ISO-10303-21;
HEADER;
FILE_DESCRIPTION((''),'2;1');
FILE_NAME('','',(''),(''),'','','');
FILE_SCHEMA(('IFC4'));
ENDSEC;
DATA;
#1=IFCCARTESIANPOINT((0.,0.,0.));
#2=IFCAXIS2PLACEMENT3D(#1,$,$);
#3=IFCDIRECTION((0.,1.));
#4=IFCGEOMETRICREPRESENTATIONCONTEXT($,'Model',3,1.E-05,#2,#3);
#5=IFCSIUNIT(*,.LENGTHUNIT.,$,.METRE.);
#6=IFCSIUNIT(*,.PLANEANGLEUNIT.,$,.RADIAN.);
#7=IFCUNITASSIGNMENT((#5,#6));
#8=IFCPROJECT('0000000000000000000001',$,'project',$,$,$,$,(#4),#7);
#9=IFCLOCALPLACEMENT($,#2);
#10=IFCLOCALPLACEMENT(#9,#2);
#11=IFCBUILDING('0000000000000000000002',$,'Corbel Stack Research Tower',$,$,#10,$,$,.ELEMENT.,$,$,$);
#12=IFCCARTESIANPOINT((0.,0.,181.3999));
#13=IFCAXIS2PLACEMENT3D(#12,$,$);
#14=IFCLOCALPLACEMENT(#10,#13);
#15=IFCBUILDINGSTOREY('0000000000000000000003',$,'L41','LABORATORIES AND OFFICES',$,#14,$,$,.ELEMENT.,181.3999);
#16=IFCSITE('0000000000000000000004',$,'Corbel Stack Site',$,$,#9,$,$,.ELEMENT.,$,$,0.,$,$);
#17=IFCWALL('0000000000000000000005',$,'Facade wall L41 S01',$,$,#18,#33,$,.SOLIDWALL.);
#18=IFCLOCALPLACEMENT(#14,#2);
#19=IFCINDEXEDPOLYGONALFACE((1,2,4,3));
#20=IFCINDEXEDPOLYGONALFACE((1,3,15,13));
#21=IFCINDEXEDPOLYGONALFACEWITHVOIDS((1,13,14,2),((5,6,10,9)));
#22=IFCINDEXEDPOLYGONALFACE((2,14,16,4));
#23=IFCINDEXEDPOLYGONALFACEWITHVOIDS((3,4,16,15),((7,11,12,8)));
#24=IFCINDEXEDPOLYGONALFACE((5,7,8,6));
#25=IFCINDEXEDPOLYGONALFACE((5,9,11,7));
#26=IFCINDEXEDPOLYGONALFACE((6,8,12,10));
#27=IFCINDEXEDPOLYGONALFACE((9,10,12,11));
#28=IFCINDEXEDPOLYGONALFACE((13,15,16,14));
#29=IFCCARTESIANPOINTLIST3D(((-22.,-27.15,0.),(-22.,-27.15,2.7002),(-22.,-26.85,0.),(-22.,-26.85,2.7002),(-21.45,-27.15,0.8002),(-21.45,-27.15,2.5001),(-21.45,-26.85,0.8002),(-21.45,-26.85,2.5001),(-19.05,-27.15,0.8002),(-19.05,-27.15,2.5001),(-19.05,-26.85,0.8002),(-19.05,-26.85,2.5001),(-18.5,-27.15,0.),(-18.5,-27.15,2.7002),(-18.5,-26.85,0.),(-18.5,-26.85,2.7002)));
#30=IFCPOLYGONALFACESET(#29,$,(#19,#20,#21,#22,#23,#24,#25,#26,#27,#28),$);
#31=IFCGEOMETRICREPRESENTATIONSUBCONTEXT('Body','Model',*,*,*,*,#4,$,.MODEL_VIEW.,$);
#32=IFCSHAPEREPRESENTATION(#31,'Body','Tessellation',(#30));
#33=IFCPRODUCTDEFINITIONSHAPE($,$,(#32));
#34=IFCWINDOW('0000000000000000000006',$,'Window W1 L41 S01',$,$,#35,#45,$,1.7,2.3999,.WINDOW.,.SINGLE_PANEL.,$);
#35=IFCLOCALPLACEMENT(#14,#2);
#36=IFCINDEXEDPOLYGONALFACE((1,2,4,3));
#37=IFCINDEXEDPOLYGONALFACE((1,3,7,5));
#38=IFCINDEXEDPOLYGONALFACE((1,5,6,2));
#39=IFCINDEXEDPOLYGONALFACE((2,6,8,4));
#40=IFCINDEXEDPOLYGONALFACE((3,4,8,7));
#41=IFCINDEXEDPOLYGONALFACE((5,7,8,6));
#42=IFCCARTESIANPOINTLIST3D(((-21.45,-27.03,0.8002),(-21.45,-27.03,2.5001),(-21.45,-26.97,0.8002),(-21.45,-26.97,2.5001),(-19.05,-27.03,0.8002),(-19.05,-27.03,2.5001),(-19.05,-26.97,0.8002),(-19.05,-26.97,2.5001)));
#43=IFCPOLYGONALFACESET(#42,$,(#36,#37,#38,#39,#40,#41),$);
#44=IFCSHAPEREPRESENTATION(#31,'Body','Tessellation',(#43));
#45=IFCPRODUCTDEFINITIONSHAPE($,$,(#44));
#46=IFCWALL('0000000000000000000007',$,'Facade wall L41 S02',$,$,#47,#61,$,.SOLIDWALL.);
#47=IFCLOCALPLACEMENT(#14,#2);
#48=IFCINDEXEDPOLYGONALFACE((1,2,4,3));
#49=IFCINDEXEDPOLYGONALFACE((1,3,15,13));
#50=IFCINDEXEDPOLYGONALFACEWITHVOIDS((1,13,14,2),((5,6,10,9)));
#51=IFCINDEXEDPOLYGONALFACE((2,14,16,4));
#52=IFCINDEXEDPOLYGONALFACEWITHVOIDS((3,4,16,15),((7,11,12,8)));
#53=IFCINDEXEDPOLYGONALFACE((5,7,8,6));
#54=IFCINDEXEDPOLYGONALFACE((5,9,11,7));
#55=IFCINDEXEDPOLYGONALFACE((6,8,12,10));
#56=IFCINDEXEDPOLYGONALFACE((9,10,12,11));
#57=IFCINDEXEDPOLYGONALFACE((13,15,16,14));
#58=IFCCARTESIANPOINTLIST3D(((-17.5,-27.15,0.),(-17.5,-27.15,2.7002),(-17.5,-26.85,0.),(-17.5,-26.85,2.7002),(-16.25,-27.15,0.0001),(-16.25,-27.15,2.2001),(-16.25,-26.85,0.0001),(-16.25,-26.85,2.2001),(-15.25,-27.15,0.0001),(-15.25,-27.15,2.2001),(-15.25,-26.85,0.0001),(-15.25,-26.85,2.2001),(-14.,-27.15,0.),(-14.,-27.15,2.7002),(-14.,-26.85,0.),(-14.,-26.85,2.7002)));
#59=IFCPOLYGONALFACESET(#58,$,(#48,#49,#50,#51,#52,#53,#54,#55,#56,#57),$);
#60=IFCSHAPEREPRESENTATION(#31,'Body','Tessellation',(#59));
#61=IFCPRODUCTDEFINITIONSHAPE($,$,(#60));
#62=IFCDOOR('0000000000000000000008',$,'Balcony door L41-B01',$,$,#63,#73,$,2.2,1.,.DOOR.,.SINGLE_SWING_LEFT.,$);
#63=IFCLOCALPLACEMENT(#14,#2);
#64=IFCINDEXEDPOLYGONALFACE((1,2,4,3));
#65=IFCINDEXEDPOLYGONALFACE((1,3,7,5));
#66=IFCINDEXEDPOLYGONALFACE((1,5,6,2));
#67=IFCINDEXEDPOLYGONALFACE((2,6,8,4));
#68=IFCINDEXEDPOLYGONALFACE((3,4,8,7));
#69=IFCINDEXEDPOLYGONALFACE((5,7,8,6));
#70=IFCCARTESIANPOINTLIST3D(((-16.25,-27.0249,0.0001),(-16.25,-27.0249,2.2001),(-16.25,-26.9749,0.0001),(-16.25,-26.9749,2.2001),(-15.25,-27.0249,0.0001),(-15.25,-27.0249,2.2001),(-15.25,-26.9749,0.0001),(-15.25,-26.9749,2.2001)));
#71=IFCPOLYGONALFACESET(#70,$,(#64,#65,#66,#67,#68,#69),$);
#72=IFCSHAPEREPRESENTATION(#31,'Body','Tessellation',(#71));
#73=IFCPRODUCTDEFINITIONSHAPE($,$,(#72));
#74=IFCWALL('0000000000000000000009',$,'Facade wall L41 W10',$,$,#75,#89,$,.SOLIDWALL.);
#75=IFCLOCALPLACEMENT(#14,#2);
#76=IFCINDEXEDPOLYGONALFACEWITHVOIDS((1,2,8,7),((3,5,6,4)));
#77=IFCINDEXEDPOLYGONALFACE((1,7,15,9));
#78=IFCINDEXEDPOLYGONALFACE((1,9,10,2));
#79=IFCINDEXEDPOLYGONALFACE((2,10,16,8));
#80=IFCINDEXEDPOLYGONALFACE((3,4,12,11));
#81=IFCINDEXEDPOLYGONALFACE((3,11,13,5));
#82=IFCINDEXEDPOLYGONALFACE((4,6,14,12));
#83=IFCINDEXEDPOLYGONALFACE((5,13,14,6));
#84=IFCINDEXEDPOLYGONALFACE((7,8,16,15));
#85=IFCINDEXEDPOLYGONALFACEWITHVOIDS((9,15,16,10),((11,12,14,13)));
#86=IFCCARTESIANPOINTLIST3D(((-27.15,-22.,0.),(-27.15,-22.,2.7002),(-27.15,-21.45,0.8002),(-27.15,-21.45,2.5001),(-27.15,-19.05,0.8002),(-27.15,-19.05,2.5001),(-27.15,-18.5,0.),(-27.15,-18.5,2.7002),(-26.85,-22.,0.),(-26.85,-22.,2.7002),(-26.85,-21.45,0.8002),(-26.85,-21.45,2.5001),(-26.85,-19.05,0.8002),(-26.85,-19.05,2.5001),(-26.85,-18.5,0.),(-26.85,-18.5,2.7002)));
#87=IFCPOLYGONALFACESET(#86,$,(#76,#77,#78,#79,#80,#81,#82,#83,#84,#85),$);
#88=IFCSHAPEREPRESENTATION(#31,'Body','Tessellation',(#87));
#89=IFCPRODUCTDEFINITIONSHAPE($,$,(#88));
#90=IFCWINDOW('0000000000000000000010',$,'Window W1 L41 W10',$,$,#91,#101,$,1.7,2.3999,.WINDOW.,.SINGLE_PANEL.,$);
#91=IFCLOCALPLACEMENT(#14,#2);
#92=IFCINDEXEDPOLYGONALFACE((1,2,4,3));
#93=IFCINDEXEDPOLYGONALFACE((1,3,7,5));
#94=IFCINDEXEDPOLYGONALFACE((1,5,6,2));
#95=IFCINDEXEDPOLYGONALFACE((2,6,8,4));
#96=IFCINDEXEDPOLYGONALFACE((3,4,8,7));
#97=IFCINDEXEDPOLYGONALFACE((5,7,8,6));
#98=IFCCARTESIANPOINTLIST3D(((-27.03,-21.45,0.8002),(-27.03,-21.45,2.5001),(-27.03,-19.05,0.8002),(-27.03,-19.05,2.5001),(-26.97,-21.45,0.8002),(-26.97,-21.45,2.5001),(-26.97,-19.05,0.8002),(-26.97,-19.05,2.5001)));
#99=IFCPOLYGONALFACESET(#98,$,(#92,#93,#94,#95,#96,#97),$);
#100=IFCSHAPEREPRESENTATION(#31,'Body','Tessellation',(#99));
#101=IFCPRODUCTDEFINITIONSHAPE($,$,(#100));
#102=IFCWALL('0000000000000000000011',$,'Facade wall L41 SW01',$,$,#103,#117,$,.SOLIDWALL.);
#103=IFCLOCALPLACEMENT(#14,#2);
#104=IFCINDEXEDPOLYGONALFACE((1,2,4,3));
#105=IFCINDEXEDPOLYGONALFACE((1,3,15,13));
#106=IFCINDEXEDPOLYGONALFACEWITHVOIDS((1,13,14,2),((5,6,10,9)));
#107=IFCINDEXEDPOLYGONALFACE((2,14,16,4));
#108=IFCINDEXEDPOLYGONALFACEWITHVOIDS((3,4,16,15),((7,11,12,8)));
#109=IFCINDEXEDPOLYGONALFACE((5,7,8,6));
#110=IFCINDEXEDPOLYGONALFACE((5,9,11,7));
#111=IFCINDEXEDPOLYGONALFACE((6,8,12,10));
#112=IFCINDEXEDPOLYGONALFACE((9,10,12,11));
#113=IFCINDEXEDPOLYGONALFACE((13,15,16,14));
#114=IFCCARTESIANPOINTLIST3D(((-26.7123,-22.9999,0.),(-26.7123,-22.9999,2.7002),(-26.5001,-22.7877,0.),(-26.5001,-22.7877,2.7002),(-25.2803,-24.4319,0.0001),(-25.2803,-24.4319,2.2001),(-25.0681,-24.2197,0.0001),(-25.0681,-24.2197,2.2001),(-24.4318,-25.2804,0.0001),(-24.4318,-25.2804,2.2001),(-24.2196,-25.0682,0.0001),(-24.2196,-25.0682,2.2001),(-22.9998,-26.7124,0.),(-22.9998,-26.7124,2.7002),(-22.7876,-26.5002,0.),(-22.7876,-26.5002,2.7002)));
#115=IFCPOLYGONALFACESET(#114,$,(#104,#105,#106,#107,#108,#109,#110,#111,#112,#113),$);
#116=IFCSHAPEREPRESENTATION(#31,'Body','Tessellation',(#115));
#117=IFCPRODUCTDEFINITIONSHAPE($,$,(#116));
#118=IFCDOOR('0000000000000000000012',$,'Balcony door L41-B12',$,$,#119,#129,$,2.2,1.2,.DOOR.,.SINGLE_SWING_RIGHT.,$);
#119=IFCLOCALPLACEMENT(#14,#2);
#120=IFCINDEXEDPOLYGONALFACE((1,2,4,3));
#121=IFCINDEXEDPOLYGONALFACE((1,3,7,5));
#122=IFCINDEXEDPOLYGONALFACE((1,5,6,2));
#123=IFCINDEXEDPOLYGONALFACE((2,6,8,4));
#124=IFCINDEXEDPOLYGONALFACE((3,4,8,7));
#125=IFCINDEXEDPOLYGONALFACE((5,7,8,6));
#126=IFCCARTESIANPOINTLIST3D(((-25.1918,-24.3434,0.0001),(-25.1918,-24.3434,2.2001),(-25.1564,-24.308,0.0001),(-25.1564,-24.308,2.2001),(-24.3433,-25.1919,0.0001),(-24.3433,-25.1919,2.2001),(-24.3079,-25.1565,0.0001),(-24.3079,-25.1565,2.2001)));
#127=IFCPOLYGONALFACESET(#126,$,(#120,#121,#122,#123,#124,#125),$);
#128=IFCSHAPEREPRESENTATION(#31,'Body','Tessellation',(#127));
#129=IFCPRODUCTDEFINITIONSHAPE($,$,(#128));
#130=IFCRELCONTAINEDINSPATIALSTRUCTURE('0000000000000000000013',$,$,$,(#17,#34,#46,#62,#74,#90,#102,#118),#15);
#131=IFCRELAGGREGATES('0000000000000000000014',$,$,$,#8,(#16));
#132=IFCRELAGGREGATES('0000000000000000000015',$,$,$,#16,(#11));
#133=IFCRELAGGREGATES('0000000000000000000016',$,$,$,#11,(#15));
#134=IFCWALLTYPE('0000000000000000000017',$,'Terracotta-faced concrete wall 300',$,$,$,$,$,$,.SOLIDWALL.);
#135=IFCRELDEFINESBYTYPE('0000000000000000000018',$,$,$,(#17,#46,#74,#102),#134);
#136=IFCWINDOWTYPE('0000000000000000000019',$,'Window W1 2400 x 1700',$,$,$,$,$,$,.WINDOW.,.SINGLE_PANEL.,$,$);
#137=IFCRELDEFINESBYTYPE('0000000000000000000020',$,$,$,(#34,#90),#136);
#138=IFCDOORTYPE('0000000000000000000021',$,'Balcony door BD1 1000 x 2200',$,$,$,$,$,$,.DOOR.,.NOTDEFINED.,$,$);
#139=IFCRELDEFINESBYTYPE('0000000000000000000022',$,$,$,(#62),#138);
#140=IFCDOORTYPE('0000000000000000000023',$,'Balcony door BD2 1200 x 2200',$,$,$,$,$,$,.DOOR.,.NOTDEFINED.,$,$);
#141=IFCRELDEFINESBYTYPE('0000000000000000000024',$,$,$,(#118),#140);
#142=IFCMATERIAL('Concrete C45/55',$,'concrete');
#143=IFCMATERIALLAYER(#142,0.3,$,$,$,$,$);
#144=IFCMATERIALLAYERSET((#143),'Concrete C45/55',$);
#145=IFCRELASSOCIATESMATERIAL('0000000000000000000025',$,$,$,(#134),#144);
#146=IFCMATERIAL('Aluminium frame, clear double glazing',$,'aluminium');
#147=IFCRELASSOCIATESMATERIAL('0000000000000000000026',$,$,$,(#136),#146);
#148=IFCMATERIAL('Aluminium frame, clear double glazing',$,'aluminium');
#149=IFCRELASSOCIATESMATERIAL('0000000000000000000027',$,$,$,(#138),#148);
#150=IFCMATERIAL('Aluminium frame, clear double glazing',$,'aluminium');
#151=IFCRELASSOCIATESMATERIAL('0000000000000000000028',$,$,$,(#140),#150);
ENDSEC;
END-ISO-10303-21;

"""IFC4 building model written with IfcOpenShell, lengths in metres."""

from ifc_helpers import new_model, si_unit, direction, frame, frame_2d, origin, place, context, subcontext, project, spatial, rectangle, extrude, material, layer, layer_set, type_object, element, fill, save


model = new_model("IFC4")

# Units and contexts
model_context = context("Model", 3, precision=1e-05, world=origin(), true_north=direction((0.0, 1.0)))
body_context = subcontext(model_context, "Body", "Model", "MODEL_VIEW")
ifc_project = project(units=[si_unit("LENGTHUNIT", "METRE"), si_unit("PLANEANGLEUNIT", "RADIAN")], contexts=[model_context])

# Site, building, storey
site_placement = place(None, origin())
site = spatial("IfcSite", under=ifc_project, at=site_placement, Name="Corbel Stack Site", CompositionType="ELEMENT", RefElevation=0.0)
building_placement = place(site_placement, origin())
building = spatial("IfcBuilding", under=site, at=building_placement, Name="Corbel Stack Research Tower", CompositionType="ELEMENT")
storey_placement = place(building_placement, frame((0.0, 0.0, 181.3999)))
storey = spatial("IfcBuildingStorey", under=building, at=storey_placement, Name="L41", Description="LABORATORIES AND OFFICES", CompositionType="ELEMENT", Elevation=181.3999)

# Wall, opening, window
ifc_material_1 = material(Name="Concrete C45/55", Category="concrete")
ifc_layer_1 = layer(ifc_material_1, 0.3)
ifc_layer_set_1 = layer_set([ifc_layer_1], Name="Concrete C45/55")
wall_type_1 = type_object("IfcWallType", Name="Terracotta-faced concrete wall 300", PredefinedType="SOLIDWALL", material=ifc_layer_set_1)
wall_1_placement = place(storey_placement, frame((-18.5, -27.0, 0.0), z_axis=(0.0, 0.0, 1.0), x_axis=(-1.0, 0.0, 0.0)))
wall_1 = element("IfcWall", 1, at=wall_1_placement, inside=storey, type_object=wall_type_1, Name="Facade wall L41 S01", PredefinedType="SOLIDWALL", context=body_context, shape_type="SweptSolid", body=[
    extrude(rectangle(XDim=3.5, YDim=0.3, at=frame_2d((1.75, 0.0))), origin(), (0.0, 0.0, 1.0), 2.7002),
])
opening_1_placement = place(wall_1_placement, frame((0.55, 0.0, 0.8)))
opening_1 = element("IfcOpeningElement", 2, at=opening_1_placement, cuts=wall_1, PredefinedType="OPENING", context=body_context, shape_type="SweptSolid", body=[
    extrude(rectangle(XDim=2.3999, YDim=1.7, at=frame_2d((1.2, 0.8501))), frame((0.0, 0.1599, 0.0), z_axis=(0.0, -1.0, 0.0), x_axis=(1.0, 0.0, 0.0)), (0.0, 0.0, 1.0), 0.3201),
])
ifc_material_2 = material(Name="Aluminium frame, clear double glazing", Category="aluminium")
window_type = type_object("IfcWindowType", Name="Window W1 2400 x 1700", PartitioningType="SINGLE_PANEL", PredefinedType="WINDOW", material=ifc_material_2)
window_1_placement = place(opening_1_placement, origin())
window_1 = element("IfcWindow", 3, at=window_1_placement, inside=storey, type_object=window_type, Name="Window W1 L41 S01", OverallHeight=1.7, OverallWidth=2.3999, PartitioningType="SINGLE_PANEL", PredefinedType="WINDOW", context=body_context, shape_type="SweptSolid", body=[
    extrude(rectangle(XDim=2.3999, YDim=1.7, at=frame_2d((1.2, 0.8501))), frame((0.0, 0.03, 0.0), z_axis=(0.0, -1.0, 0.0), x_axis=(1.0, 0.0, 0.0)), (0.0, 0.0, 1.0), 0.0601),
])
fill(opening_1, window_1)

# Wall, opening, door
wall_2_placement = place(storey_placement, frame((-14.0, -27.0, 0.0), z_axis=(0.0, 0.0, 1.0), x_axis=(-1.0, 0.0, 0.0)))
wall_2 = element("IfcWall", 4, at=wall_2_placement, inside=storey, type_object=wall_type_1, Name="Facade wall L41 S02", PredefinedType="SOLIDWALL", context=body_context, shape_type="SweptSolid", body=[
    extrude(rectangle(XDim=3.5, YDim=0.3, at=frame_2d((1.75, 0.0))), origin(), (0.0, 0.0, 1.0), 2.7002),
])
opening_2_placement = place(wall_2_placement, frame((1.25, 0.0, 0.0)))
opening_2 = element("IfcOpeningElement", 5, at=opening_2_placement, cuts=wall_2, PredefinedType="OPENING", context=body_context, shape_type="SweptSolid", body=[
    extrude(rectangle(XDim=1.0, YDim=2.2, at=frame_2d((0.5, 1.1001))), frame((0.0, 0.1599, 0.0), z_axis=(0.0, -1.0, 0.0), x_axis=(1.0, 0.0, 0.0)), (0.0, 0.0, 1.0), 0.3201),
])
ifc_material_3 = material(Name="Aluminium frame, clear double glazing", Category="aluminium")
door_type_1 = type_object("IfcDoorType", Name="Balcony door BD1 1000 x 2200", OperationType="NOTDEFINED", PredefinedType="DOOR", material=ifc_material_3)
door_1_placement = place(opening_2_placement, origin())
door_1 = element("IfcDoor", 6, at=door_1_placement, inside=storey, type_object=door_type_1, Name="Balcony door L41-B01", OperationType="SINGLE_SWING_LEFT", OverallHeight=2.2, OverallWidth=1.0, PredefinedType="DOOR", context=body_context, shape_type="SweptSolid", body=[
    extrude(rectangle(XDim=1.0, YDim=2.2, at=frame_2d((0.5, 1.1001))), frame((0.0, 0.0249, 0.0), z_axis=(0.0, -1.0, 0.0), x_axis=(1.0, 0.0, 0.0)), (0.0, 0.0, 1.0), 0.05),
])
fill(opening_2, door_1)

# Wall, opening, window
wall_3_placement = place(storey_placement, frame((-27.0, -22.0, 0.0), z_axis=(0.0, 0.0, 1.0), x_axis=(0.0, 1.0, 0.0)))
wall_3 = element("IfcWall", 7, at=wall_3_placement, inside=storey, type_object=wall_type_1, Name="Facade wall L41 W10", PredefinedType="SOLIDWALL", context=body_context, shape_type="SweptSolid", body=[
    extrude(rectangle(XDim=3.5, YDim=0.3, at=frame_2d((1.75, 0.0))), origin(), (0.0, 0.0, 1.0), 2.7002),
])
opening_3_placement = place(wall_3_placement, frame((0.55, 0.0, 0.8)))
opening_3 = element("IfcOpeningElement", 8, at=opening_3_placement, cuts=wall_3, PredefinedType="OPENING", context=body_context, shape_type="SweptSolid", body=[
    extrude(rectangle(XDim=2.3999, YDim=1.7, at=frame_2d((1.2, 0.8501))), frame((0.0, 0.1599, 0.0), z_axis=(0.0, -1.0, 0.0), x_axis=(1.0, 0.0, 0.0)), (0.0, 0.0, 1.0), 0.3201),
])
window_2_placement = place(opening_3_placement, origin())
window_2 = element("IfcWindow", 9, at=window_2_placement, inside=storey, type_object=window_type, Name="Window W1 L41 W10", OverallHeight=1.7, OverallWidth=2.3999, PartitioningType="SINGLE_PANEL", PredefinedType="WINDOW", context=body_context, shape_type="SweptSolid", body=[
    extrude(rectangle(XDim=2.3999, YDim=1.7, at=frame_2d((1.2, 0.8501))), frame((0.0, 0.03, 0.0), z_axis=(0.0, -1.0, 0.0), x_axis=(1.0, 0.0, 0.0)), (0.0, 0.0, 1.0), 0.0601),
])
fill(opening_3, window_2)

# Wall, opening, door
wall_4_placement = place(storey_placement, frame((-22.8938, -26.6062, 0.0), z_axis=(0.0, 0.0, 1.0), x_axis=(-0.707107, 0.707107, 0.0)))
wall_4 = element("IfcWall", 10, at=wall_4_placement, inside=storey, type_object=wall_type_1, Name="Facade wall L41 SW01", PredefinedType="SOLIDWALL", context=body_context, shape_type="SweptSolid", body=[
    extrude(rectangle(XDim=5.2502, YDim=0.3, at=frame_2d((2.625, 0.0))), origin(), (0.0, 0.0, 1.0), 2.7002),
])
opening_4_placement = place(wall_4_placement, frame((2.0249, 0.0, 0.0)))
opening_4 = element("IfcOpeningElement", 11, at=opening_4_placement, cuts=wall_4, PredefinedType="OPENING", context=body_context, shape_type="SweptSolid", body=[
    extrude(rectangle(XDim=1.2, YDim=2.2, at=frame_2d((0.6001, 1.1001))), frame((0.0, 0.1599, 0.0), z_axis=(0.0, -1.0, 0.0), x_axis=(1.0, 0.0, 0.0)), (0.0, 0.0, 1.0), 0.3201),
])
ifc_material_4 = material(Name="Aluminium frame, clear double glazing", Category="aluminium")
door_type_2 = type_object("IfcDoorType", Name="Balcony door BD2 1200 x 2200", OperationType="NOTDEFINED", PredefinedType="DOOR", material=ifc_material_4)
door_2_placement = place(opening_4_placement, origin())
door_2 = element("IfcDoor", 12, at=door_2_placement, inside=storey, type_object=door_type_2, Name="Balcony door L41-B12", OperationType="SINGLE_SWING_RIGHT", OverallHeight=2.2, OverallWidth=1.2, PredefinedType="DOOR", context=body_context, shape_type="SweptSolid", body=[
    extrude(rectangle(XDim=1.2, YDim=2.2, at=frame_2d((0.6001, 1.1001))), frame((0.0, 0.0249, 0.0), z_axis=(0.0, -1.0, 0.0), x_axis=(1.0, 0.0, 0.0)), (0.0, 0.0, 1.0), 0.05),
])
fill(opening_4, door_2)

save(model, "model.ifc")
